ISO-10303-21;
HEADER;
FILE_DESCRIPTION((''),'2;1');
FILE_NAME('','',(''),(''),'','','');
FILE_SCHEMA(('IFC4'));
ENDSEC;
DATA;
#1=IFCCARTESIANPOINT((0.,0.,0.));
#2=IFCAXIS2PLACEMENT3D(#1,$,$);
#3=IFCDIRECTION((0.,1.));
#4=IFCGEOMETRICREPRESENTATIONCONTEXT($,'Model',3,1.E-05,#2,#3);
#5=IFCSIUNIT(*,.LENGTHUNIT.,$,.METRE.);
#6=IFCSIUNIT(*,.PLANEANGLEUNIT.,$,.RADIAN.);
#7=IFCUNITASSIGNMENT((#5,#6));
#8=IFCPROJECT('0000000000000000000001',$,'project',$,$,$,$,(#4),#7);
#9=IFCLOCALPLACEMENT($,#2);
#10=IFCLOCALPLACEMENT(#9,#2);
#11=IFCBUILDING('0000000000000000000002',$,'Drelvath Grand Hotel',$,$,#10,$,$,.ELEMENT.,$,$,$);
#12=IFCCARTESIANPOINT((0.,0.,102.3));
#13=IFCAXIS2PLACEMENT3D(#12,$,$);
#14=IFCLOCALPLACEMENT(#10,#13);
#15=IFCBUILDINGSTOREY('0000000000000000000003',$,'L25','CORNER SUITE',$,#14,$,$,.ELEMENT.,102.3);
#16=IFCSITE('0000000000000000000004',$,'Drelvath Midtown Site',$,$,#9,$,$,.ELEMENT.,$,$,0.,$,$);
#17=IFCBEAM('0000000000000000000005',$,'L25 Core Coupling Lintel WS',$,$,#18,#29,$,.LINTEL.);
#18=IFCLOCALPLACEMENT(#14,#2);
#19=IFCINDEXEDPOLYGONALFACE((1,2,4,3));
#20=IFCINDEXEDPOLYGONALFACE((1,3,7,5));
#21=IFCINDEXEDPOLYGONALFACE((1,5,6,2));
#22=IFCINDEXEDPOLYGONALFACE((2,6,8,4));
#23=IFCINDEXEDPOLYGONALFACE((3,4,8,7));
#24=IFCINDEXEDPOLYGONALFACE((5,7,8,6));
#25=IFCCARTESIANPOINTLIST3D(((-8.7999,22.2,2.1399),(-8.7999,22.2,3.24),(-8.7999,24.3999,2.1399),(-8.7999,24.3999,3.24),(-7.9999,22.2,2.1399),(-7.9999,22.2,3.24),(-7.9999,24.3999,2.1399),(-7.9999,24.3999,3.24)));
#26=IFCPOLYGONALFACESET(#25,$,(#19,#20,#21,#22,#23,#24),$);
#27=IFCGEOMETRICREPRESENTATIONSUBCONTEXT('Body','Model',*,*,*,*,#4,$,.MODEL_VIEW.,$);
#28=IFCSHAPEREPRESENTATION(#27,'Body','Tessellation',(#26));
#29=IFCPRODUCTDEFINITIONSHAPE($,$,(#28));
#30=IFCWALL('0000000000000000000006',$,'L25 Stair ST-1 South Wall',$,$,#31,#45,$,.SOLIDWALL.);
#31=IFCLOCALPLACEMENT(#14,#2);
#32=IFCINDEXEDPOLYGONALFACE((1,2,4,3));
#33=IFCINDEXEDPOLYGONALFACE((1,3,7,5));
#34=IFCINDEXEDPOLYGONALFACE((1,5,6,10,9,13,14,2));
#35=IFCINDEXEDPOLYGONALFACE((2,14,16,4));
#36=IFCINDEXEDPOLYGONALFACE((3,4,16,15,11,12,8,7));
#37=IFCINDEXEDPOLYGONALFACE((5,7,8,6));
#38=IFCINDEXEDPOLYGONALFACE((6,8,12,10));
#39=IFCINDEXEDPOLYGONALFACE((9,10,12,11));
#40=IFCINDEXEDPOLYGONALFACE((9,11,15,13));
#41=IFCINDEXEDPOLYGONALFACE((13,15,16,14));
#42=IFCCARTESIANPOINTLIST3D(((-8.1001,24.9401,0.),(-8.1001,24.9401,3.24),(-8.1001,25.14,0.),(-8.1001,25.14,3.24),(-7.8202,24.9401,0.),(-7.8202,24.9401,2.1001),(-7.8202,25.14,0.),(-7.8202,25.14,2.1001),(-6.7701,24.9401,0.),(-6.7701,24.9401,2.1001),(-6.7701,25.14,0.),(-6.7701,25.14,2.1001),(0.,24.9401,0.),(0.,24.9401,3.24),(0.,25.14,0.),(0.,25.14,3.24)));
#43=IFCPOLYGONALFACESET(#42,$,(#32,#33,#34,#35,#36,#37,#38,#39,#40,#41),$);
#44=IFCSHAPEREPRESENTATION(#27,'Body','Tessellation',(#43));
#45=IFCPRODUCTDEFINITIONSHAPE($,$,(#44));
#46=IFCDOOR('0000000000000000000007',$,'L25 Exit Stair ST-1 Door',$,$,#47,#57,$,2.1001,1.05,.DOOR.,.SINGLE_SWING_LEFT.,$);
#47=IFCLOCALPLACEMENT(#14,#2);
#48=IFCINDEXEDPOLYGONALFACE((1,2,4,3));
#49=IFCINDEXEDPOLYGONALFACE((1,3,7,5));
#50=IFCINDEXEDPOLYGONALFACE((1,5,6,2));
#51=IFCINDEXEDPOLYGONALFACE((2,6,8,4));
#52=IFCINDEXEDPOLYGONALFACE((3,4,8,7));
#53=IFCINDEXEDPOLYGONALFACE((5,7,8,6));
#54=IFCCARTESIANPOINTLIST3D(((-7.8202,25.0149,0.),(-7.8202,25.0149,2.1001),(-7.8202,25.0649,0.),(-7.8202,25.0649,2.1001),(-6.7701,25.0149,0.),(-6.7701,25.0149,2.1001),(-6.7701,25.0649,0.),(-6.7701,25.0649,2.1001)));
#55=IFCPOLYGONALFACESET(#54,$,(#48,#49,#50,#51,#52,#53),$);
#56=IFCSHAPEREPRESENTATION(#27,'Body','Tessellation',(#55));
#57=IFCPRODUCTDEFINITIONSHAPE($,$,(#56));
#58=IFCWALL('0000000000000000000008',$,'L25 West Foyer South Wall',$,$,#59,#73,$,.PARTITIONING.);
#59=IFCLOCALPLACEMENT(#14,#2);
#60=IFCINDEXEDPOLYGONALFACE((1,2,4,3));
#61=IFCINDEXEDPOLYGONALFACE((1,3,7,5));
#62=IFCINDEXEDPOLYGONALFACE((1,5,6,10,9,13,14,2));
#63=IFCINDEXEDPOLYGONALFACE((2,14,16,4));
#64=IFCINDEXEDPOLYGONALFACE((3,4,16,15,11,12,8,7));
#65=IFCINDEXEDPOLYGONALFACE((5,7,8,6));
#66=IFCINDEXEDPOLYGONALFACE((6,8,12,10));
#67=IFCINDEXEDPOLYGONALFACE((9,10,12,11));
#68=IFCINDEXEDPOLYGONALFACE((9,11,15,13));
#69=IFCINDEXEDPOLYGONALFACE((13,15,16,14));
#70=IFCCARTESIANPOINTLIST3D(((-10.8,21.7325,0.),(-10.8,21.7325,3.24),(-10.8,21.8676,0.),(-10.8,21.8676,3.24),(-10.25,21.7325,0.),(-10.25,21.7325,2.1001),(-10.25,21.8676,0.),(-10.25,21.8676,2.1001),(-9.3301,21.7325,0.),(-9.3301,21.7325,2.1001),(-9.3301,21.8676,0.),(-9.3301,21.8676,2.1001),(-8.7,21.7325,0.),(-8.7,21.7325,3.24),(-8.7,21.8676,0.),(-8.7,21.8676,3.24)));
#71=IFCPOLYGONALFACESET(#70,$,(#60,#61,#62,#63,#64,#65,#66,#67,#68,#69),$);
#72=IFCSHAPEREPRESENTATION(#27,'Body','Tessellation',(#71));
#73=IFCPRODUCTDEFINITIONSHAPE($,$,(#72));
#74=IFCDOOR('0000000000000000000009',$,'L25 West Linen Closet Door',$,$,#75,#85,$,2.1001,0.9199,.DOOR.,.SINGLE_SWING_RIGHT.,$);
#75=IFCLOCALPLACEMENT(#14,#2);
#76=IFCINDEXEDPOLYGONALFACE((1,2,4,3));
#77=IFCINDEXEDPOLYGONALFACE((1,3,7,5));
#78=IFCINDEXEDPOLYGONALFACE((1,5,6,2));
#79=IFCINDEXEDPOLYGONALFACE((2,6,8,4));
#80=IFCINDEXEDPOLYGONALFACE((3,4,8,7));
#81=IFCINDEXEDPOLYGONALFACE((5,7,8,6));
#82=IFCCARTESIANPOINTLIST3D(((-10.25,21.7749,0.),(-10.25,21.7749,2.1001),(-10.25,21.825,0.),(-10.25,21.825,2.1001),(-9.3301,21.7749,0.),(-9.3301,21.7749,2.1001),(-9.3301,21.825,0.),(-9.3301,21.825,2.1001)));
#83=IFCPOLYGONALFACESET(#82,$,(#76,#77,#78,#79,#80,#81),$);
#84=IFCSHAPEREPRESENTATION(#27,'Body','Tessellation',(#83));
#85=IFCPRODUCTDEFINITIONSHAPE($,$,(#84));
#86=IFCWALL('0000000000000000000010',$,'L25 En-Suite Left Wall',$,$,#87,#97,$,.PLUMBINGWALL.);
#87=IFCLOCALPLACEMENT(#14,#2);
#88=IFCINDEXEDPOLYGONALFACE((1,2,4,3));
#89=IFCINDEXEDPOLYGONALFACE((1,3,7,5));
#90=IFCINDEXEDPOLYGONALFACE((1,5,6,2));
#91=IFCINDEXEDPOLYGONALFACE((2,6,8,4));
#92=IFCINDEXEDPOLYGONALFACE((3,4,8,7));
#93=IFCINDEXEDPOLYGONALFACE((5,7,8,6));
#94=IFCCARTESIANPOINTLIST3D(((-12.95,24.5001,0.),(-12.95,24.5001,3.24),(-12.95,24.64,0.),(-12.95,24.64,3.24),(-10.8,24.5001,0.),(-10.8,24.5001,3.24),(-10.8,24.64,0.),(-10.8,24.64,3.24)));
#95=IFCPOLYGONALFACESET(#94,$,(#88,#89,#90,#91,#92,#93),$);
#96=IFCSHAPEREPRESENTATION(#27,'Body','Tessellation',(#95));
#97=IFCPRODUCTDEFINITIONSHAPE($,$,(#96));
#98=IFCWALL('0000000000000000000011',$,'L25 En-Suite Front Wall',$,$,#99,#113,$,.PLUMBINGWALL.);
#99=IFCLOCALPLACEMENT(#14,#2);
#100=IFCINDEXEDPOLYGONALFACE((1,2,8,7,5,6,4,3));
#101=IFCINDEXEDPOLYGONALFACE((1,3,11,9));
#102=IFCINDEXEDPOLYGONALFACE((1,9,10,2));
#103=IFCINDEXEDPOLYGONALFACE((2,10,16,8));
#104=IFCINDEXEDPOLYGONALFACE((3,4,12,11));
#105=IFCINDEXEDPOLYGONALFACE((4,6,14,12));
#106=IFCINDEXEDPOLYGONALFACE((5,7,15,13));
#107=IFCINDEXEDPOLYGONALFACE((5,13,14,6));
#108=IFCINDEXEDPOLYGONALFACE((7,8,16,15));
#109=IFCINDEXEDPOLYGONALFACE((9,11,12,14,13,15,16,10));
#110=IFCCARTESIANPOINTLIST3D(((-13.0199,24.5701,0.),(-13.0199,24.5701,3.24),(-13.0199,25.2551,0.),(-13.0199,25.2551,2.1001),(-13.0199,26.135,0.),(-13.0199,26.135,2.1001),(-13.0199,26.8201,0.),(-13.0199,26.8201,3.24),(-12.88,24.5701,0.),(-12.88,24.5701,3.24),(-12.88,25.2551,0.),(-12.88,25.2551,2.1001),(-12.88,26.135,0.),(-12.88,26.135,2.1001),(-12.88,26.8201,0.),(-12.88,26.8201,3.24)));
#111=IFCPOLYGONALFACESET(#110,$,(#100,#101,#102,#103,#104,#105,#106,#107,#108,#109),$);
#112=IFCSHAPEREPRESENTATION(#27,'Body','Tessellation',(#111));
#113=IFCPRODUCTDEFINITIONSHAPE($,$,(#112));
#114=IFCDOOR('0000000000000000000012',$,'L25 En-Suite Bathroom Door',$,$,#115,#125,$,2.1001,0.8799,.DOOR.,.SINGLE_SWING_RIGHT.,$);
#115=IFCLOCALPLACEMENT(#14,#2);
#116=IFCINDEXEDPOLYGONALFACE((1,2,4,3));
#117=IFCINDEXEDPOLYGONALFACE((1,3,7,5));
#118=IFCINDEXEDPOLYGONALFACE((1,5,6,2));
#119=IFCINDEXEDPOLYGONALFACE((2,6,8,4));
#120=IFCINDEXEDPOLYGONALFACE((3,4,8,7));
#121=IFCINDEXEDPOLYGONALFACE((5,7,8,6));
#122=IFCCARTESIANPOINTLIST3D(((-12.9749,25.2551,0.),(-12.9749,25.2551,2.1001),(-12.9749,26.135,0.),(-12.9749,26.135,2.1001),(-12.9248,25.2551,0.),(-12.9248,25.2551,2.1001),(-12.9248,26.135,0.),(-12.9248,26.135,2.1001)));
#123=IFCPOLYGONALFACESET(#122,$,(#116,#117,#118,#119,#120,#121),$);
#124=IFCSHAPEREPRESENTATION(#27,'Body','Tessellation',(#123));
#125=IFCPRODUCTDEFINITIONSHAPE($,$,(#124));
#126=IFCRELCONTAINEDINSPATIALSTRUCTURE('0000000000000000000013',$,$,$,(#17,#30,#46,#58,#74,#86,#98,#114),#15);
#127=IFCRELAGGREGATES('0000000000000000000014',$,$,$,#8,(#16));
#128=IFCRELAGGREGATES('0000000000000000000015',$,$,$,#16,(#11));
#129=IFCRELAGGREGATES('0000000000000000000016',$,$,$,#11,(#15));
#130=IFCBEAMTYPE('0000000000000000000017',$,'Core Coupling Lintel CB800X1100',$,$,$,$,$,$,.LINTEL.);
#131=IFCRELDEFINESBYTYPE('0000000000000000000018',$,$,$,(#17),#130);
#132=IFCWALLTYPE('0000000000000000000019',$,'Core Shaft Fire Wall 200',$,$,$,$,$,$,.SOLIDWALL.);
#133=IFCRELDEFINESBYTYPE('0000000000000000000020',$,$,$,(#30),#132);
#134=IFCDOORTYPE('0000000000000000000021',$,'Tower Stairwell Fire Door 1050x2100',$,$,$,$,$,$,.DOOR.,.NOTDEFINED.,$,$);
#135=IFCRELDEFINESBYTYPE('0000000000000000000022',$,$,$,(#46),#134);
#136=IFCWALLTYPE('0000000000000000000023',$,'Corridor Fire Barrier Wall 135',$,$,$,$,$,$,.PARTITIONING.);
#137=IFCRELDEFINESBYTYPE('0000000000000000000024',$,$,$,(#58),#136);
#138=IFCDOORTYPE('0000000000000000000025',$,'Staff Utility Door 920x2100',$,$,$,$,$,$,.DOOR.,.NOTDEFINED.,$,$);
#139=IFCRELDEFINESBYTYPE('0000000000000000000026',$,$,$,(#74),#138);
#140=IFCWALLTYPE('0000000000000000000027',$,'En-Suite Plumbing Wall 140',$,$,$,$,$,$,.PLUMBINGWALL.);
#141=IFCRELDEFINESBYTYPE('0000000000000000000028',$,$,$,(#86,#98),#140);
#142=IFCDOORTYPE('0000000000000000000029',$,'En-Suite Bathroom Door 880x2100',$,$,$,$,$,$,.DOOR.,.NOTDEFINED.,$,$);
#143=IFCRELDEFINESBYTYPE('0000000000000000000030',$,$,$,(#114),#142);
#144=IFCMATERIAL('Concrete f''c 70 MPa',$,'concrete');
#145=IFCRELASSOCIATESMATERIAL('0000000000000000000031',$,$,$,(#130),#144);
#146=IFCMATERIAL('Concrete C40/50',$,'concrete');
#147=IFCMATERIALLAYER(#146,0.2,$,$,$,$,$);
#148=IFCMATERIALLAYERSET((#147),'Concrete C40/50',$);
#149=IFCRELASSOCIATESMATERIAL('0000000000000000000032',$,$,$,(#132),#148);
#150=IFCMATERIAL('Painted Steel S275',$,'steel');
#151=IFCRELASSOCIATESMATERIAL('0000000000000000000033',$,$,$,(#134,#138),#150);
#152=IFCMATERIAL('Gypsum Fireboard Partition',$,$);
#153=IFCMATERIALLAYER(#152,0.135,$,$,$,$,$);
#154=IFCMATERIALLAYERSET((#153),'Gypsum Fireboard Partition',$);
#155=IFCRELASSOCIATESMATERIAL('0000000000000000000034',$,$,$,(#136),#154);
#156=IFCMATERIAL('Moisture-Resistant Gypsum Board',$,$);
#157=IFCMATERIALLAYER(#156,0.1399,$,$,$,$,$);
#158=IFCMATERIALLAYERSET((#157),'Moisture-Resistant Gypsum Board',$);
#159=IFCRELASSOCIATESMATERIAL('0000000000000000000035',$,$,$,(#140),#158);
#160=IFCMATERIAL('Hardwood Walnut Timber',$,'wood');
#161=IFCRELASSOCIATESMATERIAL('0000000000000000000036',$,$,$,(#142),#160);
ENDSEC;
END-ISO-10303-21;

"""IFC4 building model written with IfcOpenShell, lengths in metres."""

from ifc_helpers import new_model, si_unit, direction, frame, frame_2d, origin, origin_2d, place, context, subcontext, project, spatial, rectangle, extrude, material, layer, layer_set, material_profile, profile_set, type_object, element, fill, save


model = new_model("IFC4")

# Units and contexts
model_context = context("Model", 3, precision=1e-05, world=origin(), true_north=direction((0.0, 1.0)))
body_context = subcontext(model_context, "Body", "Model", "MODEL_VIEW")
ifc_project = project(units=[si_unit("LENGTHUNIT", "METRE"), si_unit("PLANEANGLEUNIT", "RADIAN")], contexts=[model_context])

# Site, building, storey
site_placement = place(None, origin())
site = spatial("IfcSite", under=ifc_project, at=site_placement, Name="Drelvath Midtown Site", CompositionType="ELEMENT", RefElevation=0.0)
building_placement = place(site_placement, origin())
building = spatial("IfcBuilding", under=site, at=building_placement, Name="Drelvath Grand Hotel", CompositionType="ELEMENT")
storey_placement = place(building_placement, frame((0.0, 0.0, 102.3)))
storey = spatial("IfcBuildingStorey", under=building, at=storey_placement, Name="L25", Description="CORNER SUITE", CompositionType="ELEMENT", Elevation=102.3)

# Beam
ifc_material_1 = material(Name="Concrete f'c 70 MPa", Category="concrete")
ifc_material_profile = material_profile(ifc_material_1, rectangle(XDim=0.8, YDim=1.1001, at=origin_2d()), Name="CB800X1100")
ifc_profile_set = profile_set([ifc_material_profile], Name="Concrete f'c 70 MPa")
beam_type = type_object("IfcBeamType", Name="Core Coupling Lintel CB800X1100", PredefinedType="LINTEL", material=ifc_profile_set)
beam_placement = place(storey_placement, frame((-8.3999, 22.2, 2.6899), z_axis=(0.0, 1.0, 0.0), x_axis=(-1.0, 0.0, 0.0)))
element("IfcBeam", 1, at=beam_placement, inside=storey, type_object=beam_type, Name="L25 Core Coupling Lintel WS", PredefinedType="LINTEL", context=body_context, shape_type="SweptSolid", body=[
    extrude(rectangle(XDim=0.8, YDim=1.1001, at=origin_2d()), origin(), (0.0, 0.0, 1.0), 2.2),
])

# Walls, openings, doors
ifc_material_2 = material(Name="Concrete C40/50", Category="concrete")
ifc_layer_1 = layer(ifc_material_2, 0.2)
ifc_layer_set_1 = layer_set([ifc_layer_1], Name="Concrete C40/50")
wall_type_1 = type_object("IfcWallType", Name="Core Shaft Fire Wall 200", PredefinedType="SOLIDWALL", material=ifc_layer_set_1)
wall_1_placement = place(storey_placement, frame((-8.1001, 25.04, 0.0), z_axis=(0.0, 0.0, 1.0), x_axis=(1.0, 0.0, 0.0)))
wall_1 = element("IfcWall", 2, at=wall_1_placement, inside=storey, type_object=wall_type_1, Name="L25 Stair ST-1 South Wall", PredefinedType="SOLIDWALL", context=body_context, shape_type="SweptSolid", body=[
    extrude(rectangle(XDim=8.1001, YDim=0.2, at=frame_2d((4.05, 0.0))), origin(), (0.0, 0.0, 1.0), 3.24),
])
opening_1_placement = place(wall_1_placement, frame((0.28, 0.0, 0.0)))
opening_1 = element("IfcOpeningElement", 3, at=opening_1_placement, cuts=wall_1, PredefinedType="OPENING", context=body_context, shape_type="SweptSolid", body=[
    extrude(rectangle(XDim=1.05, YDim=2.1001, at=frame_2d((0.5249, 1.05))), frame((0.0, 0.1099, 0.0), z_axis=(0.0, -1.0, 0.0), x_axis=(1.0, 0.0, 0.0)), (0.0, 0.0, 1.0), 0.22),
])
ifc_material_3 = material(Name="Painted Steel S275", Category="steel")
door_type_1 = type_object("IfcDoorType", Name="Tower Stairwell Fire Door 1050x2100", OperationType="NOTDEFINED", PredefinedType="DOOR", material=ifc_material_3)
door_1_placement = place(opening_1_placement, origin())
door_1 = element("IfcDoor", 4, at=door_1_placement, inside=storey, type_object=door_type_1, Name="L25 Exit Stair ST-1 Door", OperationType="SINGLE_SWING_LEFT", OverallHeight=2.1001, OverallWidth=1.05, PredefinedType="DOOR", context=body_context, shape_type="SweptSolid", body=[
    extrude(rectangle(XDim=1.05, YDim=2.1001, at=frame_2d((0.5249, 1.05))), frame((0.0, 0.0249, 0.0), z_axis=(0.0, -1.0, 0.0), x_axis=(1.0, 0.0, 0.0)), (0.0, 0.0, 1.0), 0.05),
])
fill(opening_1, door_1)
ifc_material_4 = material(Name="Gypsum Fireboard Partition")
ifc_layer_2 = layer(ifc_material_4, 0.135)
ifc_layer_set_2 = layer_set([ifc_layer_2], Name="Gypsum Fireboard Partition")
wall_type_2 = type_object("IfcWallType", Name="Corridor Fire Barrier Wall 135", PredefinedType="PARTITIONING", material=ifc_layer_set_2)
wall_2_placement = place(storey_placement, frame((-10.8, 21.8, 0.0), z_axis=(0.0, 0.0, 1.0), x_axis=(1.0, 0.0, 0.0)))
wall_2 = element("IfcWall", 5, at=wall_2_placement, inside=storey, type_object=wall_type_2, Name="L25 West Foyer South Wall", PredefinedType="PARTITIONING", context=body_context, shape_type="SweptSolid", body=[
    extrude(rectangle(XDim=2.1001, YDim=0.135, at=frame_2d((1.05, 0.0))), origin(), (0.0, 0.0, 1.0), 3.24),
])
opening_2_placement = place(wall_2_placement, frame((0.55, 0.0, 0.0)))
opening_2 = element("IfcOpeningElement", 6, at=opening_2_placement, cuts=wall_2, PredefinedType="OPENING", context=body_context, shape_type="SweptSolid", body=[
    extrude(rectangle(XDim=0.9199, YDim=2.1001, at=frame_2d((0.46, 1.05))), frame((0.0, 0.0774, 0.0), z_axis=(0.0, -1.0, 0.0), x_axis=(1.0, 0.0, 0.0)), (0.0, 0.0, 1.0), 0.155),
])
door_type_2 = type_object("IfcDoorType", Name="Staff Utility Door 920x2100", OperationType="NOTDEFINED", PredefinedType="DOOR", material=ifc_material_3)
door_2_placement = place(opening_2_placement, origin())
door_2 = element("IfcDoor", 7, at=door_2_placement, inside=storey, type_object=door_type_2, Name="L25 West Linen Closet Door", OperationType="SINGLE_SWING_RIGHT", OverallHeight=2.1001, OverallWidth=0.9199, PredefinedType="DOOR", context=body_context, shape_type="SweptSolid", body=[
    extrude(rectangle(XDim=0.9199, YDim=2.1001, at=frame_2d((0.46, 1.05))), frame((0.0, 0.0249, 0.0), z_axis=(0.0, -1.0, 0.0), x_axis=(1.0, 0.0, 0.0)), (0.0, 0.0, 1.0), 0.05),
])
fill(opening_2, door_2)

# Wall
ifc_material_5 = material(Name="Moisture-Resistant Gypsum Board")
ifc_layer_3 = layer(ifc_material_5, 0.1399)
ifc_layer_set_3 = layer_set([ifc_layer_3], Name="Moisture-Resistant Gypsum Board")
wall_type_3 = type_object("IfcWallType", Name="En-Suite Plumbing Wall 140", PredefinedType="PLUMBINGWALL", material=ifc_layer_set_3)
wall_3_placement = place(storey_placement, frame((-10.8, 24.5701, 0.0), z_axis=(0.0, 0.0, 1.0), x_axis=(-1.0, 0.0, 0.0)))
element("IfcWall", 8, at=wall_3_placement, inside=storey, type_object=wall_type_3, Name="L25 En-Suite Left Wall", PredefinedType="PLUMBINGWALL", context=body_context, shape_type="SweptSolid", body=[
    extrude(rectangle(XDim=2.1499, YDim=0.1399, at=frame_2d((1.075, 0.0))), origin(), (0.0, 0.0, 1.0), 3.24),
])

# Wall, opening, door
wall_4_placement = place(storey_placement, frame((-12.95, 24.5701, 0.0), z_axis=(0.0, 0.0, 1.0), x_axis=(0.0, 1.0, 0.0)))
wall_4 = element("IfcWall", 9, at=wall_4_placement, inside=storey, type_object=wall_type_3, Name="L25 En-Suite Front Wall", PredefinedType="PLUMBINGWALL", context=body_context, shape_type="SweptSolid", body=[
    extrude(rectangle(XDim=2.25, YDim=0.1399, at=frame_2d((1.125, 0.0))), origin(), (0.0, 0.0, 1.0), 3.24),
])
opening_3_placement = place(wall_4_placement, frame((0.6851, 0.0, 0.0)))
opening_3 = element("IfcOpeningElement", 10, at=opening_3_placement, cuts=wall_4, PredefinedType="OPENING", context=body_context, shape_type="SweptSolid", body=[
    extrude(rectangle(XDim=0.8799, YDim=2.1001, at=frame_2d((0.4399, 1.05))), frame((0.0, 0.0798, 0.0), z_axis=(0.0, -1.0, 0.0), x_axis=(1.0, 0.0, 0.0)), (0.0, 0.0, 1.0), 0.1599),
])
ifc_material_6 = material(Name="Hardwood Walnut Timber", Category="wood")
door_type_3 = type_object("IfcDoorType", Name="En-Suite Bathroom Door 880x2100", OperationType="NOTDEFINED", PredefinedType="DOOR", material=ifc_material_6)
door_3_placement = place(opening_3_placement, origin())
door_3 = element("IfcDoor", 11, at=door_3_placement, inside=storey, type_object=door_type_3, Name="L25 En-Suite Bathroom Door", OperationType="SINGLE_SWING_RIGHT", OverallHeight=2.1001, OverallWidth=0.8799, PredefinedType="DOOR", context=body_context, shape_type="SweptSolid", body=[
    extrude(rectangle(XDim=0.8799, YDim=2.1001, at=frame_2d((0.4399, 1.05))), frame((0.0, 0.0249, 0.0), z_axis=(0.0, -1.0, 0.0), x_axis=(1.0, 0.0, 0.0)), (0.0, 0.0, 1.0), 0.05),
])
fill(opening_3, door_3)

save(model, "model.ifc")
